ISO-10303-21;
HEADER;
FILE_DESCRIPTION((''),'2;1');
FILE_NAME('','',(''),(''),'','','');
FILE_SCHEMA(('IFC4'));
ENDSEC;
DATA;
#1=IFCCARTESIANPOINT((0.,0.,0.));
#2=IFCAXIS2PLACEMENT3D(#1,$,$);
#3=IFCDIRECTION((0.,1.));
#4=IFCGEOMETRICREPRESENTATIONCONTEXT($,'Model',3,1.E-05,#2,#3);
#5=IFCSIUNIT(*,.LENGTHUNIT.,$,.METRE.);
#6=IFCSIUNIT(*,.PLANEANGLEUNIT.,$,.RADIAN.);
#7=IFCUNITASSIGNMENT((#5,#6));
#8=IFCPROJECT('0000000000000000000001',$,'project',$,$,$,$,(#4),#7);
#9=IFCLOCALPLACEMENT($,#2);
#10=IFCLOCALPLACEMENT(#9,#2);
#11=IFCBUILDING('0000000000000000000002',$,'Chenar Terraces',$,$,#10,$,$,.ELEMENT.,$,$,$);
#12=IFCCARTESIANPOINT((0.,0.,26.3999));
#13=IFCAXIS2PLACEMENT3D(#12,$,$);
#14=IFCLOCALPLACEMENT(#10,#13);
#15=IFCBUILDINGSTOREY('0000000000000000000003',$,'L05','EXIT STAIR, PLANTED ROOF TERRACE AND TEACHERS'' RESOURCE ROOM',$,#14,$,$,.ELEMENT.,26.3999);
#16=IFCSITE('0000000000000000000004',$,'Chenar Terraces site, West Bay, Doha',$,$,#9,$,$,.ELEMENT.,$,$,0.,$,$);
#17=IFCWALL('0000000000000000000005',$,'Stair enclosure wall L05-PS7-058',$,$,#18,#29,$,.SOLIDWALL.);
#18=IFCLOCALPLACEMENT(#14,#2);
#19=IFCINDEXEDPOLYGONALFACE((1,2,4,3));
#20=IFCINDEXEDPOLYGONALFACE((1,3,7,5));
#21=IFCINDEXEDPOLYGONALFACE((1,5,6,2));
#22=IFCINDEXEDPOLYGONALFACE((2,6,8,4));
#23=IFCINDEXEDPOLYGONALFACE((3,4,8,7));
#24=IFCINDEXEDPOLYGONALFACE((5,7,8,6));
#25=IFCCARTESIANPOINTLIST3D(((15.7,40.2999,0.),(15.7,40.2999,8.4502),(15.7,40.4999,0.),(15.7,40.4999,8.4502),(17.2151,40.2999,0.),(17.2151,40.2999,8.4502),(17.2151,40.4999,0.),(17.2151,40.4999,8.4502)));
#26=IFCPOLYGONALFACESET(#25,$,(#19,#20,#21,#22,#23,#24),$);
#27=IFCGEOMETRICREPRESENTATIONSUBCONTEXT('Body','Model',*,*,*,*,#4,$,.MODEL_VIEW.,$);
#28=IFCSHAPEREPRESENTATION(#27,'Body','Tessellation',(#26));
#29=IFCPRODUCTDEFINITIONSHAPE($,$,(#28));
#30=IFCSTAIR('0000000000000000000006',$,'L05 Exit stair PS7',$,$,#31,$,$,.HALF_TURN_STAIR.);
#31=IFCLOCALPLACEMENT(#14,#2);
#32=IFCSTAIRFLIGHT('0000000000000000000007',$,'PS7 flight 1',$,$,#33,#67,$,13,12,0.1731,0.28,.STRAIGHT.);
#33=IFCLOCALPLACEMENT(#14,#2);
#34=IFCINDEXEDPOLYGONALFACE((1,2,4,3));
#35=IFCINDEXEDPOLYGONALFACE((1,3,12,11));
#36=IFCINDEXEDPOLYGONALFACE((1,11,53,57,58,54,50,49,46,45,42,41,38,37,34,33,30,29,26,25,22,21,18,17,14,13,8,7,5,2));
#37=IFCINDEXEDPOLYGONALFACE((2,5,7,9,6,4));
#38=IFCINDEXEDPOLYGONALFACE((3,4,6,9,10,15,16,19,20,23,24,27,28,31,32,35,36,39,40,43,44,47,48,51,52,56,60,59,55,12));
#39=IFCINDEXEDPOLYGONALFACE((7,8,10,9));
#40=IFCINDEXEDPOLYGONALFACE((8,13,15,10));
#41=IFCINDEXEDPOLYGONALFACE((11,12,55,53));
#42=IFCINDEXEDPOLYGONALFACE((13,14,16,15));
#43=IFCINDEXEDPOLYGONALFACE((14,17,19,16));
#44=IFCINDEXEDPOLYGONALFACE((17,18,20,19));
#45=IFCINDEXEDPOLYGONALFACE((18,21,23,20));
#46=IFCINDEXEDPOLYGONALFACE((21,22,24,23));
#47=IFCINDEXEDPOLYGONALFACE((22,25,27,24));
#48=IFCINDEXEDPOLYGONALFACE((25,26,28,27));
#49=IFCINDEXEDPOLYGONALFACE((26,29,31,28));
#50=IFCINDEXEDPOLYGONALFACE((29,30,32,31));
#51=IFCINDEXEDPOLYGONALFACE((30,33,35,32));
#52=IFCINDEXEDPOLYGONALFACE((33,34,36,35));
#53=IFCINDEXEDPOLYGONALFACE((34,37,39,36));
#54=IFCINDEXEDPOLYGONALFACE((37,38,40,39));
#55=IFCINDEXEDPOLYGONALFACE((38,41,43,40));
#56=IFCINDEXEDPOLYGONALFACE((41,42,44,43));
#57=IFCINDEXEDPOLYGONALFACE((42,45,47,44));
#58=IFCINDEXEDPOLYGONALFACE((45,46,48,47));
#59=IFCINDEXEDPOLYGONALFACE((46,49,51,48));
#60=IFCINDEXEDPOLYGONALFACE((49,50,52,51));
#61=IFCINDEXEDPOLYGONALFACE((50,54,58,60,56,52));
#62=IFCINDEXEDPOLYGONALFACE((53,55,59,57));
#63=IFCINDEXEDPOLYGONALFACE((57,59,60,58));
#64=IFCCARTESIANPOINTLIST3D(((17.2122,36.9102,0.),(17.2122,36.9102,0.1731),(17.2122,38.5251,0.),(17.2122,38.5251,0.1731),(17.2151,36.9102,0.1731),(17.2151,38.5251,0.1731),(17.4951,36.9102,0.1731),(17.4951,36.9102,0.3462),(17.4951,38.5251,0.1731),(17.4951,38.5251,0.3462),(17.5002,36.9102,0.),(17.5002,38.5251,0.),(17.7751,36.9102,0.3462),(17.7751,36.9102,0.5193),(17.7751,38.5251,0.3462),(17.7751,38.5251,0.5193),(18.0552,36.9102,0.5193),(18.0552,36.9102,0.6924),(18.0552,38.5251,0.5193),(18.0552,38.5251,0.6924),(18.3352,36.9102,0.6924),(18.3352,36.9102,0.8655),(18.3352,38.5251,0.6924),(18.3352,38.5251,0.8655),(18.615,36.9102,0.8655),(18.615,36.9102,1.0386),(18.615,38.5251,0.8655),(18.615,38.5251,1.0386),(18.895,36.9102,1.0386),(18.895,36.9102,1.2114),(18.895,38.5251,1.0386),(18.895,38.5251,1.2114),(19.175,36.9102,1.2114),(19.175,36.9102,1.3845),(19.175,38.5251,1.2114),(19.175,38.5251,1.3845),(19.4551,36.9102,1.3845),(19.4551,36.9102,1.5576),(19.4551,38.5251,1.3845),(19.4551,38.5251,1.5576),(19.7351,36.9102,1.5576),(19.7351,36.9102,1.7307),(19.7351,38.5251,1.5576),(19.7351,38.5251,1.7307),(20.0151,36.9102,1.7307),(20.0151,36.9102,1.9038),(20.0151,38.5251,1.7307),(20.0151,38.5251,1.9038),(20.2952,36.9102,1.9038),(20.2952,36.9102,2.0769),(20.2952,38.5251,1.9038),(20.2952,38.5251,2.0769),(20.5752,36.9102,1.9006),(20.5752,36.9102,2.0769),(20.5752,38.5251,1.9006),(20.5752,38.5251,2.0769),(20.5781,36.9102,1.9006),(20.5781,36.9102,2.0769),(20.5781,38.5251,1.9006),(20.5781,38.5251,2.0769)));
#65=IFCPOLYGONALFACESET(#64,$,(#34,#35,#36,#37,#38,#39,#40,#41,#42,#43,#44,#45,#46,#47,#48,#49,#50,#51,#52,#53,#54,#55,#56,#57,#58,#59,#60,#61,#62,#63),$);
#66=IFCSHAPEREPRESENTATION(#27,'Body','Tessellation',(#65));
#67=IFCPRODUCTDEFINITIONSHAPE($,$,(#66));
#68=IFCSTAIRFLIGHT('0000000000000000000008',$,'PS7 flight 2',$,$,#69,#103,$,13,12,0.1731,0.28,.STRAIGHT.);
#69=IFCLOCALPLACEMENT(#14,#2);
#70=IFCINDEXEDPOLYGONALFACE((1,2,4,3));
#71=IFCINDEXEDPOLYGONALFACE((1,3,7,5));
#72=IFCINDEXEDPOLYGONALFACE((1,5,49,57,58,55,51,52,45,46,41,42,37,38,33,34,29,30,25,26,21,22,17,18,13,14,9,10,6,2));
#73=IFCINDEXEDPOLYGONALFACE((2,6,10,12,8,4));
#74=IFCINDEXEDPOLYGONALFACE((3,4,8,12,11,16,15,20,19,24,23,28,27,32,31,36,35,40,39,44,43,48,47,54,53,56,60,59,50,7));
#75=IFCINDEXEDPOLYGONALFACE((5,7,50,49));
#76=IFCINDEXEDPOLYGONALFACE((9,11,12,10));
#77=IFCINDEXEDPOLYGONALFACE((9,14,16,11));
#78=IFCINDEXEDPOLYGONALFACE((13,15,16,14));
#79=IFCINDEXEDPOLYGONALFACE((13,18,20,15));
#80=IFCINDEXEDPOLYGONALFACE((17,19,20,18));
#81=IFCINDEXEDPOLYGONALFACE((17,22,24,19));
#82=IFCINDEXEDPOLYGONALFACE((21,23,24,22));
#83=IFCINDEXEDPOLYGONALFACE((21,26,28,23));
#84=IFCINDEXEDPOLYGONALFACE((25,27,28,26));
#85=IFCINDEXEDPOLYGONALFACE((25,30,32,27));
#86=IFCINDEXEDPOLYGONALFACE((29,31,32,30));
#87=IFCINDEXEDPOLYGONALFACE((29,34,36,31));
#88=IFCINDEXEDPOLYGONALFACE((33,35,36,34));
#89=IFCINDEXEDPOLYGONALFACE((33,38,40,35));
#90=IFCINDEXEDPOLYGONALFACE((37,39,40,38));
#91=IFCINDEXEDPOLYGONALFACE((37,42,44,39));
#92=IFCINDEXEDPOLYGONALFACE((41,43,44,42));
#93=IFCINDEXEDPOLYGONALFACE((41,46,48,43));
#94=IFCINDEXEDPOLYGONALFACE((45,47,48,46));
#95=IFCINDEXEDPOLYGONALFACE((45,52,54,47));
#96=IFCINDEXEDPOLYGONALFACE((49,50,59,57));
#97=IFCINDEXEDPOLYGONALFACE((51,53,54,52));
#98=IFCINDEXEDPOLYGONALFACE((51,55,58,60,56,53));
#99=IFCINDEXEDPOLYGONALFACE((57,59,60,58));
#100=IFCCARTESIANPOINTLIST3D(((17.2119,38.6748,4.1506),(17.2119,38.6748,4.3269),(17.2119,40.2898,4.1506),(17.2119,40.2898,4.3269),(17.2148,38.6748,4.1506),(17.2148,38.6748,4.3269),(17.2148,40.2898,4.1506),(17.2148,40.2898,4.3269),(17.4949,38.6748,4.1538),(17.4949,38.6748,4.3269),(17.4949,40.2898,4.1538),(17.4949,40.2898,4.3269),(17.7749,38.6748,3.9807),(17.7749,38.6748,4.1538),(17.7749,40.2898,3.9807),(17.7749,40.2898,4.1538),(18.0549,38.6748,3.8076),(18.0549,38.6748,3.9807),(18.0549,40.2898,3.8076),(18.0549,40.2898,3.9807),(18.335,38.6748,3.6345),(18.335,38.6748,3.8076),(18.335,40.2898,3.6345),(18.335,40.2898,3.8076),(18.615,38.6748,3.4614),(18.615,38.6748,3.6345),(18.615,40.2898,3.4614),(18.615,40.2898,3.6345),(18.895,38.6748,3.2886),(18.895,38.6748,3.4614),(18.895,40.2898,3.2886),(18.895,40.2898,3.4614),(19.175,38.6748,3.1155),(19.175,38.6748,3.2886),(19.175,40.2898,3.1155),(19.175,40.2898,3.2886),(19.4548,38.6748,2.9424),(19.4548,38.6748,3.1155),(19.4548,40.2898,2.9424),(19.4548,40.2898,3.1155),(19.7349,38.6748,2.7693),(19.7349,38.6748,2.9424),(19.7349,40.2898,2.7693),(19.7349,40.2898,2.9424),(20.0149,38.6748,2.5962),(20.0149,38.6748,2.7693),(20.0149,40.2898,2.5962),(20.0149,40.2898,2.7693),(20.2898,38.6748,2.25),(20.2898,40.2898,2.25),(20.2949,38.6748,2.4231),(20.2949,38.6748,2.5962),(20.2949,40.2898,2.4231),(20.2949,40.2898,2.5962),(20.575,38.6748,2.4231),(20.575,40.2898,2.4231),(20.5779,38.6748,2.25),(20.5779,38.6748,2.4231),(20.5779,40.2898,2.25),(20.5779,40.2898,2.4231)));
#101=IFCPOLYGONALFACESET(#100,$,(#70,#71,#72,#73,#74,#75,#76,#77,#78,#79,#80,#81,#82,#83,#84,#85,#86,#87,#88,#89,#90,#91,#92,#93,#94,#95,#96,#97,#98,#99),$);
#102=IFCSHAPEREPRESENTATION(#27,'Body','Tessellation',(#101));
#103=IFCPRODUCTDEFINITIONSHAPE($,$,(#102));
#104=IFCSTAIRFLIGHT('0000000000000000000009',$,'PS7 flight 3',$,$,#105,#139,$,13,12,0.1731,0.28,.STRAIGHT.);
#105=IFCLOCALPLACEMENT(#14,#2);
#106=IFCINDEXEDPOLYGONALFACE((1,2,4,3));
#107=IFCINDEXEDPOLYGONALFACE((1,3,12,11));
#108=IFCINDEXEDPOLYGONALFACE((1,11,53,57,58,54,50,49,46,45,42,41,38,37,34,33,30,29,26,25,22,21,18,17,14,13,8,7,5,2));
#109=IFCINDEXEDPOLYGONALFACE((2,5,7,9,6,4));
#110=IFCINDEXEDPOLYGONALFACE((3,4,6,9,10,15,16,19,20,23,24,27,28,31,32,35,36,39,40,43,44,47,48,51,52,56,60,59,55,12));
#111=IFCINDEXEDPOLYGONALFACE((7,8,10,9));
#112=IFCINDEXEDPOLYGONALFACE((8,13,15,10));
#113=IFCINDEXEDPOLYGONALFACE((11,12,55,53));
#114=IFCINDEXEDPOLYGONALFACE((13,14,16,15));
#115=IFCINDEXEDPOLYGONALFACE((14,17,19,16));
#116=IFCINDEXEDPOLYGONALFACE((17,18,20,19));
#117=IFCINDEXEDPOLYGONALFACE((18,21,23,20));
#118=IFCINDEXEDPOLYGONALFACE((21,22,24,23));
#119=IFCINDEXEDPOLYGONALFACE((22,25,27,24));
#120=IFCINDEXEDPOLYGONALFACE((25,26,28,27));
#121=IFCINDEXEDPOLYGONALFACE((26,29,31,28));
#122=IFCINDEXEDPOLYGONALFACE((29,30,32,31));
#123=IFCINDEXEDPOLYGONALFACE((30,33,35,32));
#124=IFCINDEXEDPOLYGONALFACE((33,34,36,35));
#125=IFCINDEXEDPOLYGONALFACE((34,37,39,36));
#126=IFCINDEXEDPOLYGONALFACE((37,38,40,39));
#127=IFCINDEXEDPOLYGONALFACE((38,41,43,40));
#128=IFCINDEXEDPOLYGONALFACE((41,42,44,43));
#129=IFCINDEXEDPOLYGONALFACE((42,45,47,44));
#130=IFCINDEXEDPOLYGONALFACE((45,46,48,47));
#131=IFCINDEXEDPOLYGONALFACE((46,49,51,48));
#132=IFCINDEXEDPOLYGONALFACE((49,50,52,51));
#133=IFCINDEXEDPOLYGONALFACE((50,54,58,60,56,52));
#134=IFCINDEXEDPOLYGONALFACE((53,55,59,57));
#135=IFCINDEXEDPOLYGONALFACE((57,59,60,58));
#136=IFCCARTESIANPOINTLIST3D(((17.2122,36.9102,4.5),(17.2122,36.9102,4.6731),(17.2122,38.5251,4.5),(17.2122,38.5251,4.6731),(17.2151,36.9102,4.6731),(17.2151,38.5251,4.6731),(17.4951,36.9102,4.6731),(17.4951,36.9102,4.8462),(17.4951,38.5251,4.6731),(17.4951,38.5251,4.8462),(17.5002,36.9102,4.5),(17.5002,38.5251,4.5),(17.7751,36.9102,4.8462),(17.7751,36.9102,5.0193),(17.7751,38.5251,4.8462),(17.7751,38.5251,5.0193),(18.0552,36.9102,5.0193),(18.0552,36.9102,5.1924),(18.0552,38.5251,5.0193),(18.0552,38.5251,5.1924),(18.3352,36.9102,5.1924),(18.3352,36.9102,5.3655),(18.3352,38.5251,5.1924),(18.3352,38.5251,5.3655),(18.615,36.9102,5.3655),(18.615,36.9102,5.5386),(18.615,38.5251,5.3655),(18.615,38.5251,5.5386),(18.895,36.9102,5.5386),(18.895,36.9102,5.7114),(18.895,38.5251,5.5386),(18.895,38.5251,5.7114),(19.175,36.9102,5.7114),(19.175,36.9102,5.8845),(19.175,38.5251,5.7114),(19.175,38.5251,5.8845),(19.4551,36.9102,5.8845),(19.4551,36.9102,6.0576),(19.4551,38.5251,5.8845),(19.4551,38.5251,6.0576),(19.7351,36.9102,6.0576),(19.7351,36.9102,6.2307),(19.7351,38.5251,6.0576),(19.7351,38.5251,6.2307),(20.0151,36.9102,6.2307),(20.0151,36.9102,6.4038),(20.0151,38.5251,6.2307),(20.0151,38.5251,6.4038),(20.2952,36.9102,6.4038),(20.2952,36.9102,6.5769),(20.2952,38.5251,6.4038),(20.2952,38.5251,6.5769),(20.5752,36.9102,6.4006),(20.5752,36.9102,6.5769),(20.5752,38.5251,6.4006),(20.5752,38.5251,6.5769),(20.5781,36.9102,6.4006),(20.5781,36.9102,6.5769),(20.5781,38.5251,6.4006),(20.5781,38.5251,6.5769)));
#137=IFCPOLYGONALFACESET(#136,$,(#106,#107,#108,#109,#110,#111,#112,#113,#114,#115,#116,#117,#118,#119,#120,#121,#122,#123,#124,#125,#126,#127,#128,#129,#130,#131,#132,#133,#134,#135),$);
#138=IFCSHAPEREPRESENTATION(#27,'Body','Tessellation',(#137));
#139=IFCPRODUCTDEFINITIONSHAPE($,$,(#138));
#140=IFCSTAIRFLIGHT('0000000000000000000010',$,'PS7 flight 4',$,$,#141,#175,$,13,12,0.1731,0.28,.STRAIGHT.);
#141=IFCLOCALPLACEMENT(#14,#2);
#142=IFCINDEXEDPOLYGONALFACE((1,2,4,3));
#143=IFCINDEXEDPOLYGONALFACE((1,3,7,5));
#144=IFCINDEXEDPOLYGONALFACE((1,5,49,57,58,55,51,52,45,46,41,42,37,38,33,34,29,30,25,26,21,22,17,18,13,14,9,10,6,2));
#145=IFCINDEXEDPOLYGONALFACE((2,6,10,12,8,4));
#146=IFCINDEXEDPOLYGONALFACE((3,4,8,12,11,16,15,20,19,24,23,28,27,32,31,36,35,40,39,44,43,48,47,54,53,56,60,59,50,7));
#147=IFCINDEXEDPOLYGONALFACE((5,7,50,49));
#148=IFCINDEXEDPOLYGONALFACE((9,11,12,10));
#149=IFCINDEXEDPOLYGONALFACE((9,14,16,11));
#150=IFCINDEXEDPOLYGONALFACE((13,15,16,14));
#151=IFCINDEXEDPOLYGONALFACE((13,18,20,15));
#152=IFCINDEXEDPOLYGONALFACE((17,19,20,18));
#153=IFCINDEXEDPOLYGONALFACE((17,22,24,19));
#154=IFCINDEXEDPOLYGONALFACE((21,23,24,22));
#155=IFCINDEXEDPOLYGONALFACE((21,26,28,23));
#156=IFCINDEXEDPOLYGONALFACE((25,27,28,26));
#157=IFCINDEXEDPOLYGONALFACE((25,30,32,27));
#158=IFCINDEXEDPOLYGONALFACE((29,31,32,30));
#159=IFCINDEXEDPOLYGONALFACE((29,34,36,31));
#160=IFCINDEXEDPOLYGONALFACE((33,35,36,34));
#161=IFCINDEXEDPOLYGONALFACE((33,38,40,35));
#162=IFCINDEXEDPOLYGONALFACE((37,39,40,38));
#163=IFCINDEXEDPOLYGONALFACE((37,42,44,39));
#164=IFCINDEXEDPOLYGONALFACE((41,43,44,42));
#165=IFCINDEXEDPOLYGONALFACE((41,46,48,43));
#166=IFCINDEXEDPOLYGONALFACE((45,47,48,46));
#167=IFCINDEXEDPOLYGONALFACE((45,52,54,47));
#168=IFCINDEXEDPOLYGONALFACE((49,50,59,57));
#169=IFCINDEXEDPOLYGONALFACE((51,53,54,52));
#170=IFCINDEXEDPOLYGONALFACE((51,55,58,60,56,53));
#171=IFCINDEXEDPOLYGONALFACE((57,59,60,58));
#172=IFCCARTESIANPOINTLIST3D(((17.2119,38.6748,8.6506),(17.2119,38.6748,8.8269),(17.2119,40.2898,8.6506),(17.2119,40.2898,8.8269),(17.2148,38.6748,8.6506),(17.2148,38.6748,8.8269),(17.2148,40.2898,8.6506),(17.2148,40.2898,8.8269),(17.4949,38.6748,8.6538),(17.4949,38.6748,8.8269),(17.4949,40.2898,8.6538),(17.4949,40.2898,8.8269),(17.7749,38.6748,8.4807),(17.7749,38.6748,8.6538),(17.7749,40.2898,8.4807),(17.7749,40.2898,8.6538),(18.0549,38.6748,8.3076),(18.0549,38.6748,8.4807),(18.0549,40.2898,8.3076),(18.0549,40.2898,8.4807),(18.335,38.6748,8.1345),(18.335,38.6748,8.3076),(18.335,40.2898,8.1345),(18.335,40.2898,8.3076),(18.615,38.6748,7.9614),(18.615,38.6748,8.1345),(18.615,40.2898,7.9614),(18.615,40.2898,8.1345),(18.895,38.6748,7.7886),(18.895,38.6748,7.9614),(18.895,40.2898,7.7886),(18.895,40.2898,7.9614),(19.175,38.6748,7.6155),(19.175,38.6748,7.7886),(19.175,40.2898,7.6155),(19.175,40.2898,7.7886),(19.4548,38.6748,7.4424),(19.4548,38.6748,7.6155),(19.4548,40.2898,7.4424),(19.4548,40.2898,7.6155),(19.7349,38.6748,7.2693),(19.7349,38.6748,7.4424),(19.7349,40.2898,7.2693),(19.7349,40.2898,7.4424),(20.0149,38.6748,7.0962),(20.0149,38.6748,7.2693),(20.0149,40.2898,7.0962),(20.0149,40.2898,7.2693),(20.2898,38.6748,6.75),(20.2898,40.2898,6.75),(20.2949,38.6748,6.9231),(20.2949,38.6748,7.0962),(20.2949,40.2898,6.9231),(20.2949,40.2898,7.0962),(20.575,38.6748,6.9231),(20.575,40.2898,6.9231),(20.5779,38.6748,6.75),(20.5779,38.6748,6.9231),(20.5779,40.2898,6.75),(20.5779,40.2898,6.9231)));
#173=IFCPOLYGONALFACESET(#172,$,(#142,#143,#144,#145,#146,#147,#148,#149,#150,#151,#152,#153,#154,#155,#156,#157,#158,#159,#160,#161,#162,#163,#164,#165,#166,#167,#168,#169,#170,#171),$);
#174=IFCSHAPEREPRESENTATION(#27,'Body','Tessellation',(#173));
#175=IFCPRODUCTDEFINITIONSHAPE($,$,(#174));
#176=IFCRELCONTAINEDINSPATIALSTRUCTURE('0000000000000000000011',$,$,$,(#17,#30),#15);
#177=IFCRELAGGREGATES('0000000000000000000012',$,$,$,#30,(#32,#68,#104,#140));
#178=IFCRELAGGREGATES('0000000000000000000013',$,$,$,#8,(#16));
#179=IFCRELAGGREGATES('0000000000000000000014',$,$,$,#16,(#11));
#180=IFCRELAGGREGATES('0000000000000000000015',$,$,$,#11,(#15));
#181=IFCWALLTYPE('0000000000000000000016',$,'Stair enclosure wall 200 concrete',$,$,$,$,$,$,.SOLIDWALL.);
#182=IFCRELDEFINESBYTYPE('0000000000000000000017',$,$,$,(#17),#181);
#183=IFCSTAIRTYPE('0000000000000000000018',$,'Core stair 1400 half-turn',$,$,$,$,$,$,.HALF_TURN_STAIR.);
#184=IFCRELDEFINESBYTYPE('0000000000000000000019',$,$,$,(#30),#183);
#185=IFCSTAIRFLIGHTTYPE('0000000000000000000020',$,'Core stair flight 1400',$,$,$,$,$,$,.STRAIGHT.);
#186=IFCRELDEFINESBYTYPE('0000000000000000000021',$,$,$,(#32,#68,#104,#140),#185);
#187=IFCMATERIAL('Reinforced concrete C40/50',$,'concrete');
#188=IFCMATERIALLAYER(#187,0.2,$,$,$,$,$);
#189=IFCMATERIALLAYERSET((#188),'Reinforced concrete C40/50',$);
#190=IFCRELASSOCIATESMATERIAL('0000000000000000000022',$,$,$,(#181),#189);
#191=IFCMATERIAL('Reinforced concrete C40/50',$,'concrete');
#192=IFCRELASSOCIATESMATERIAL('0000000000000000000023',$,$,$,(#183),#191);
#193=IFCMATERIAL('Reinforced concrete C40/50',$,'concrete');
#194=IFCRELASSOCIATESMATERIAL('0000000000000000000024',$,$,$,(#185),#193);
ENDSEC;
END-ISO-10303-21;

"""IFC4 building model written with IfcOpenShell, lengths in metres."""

from ifc_helpers import new_model, si_unit, direction, frame, frame_2d, origin, place, context, subcontext, project, spatial, polyline, rectangle, outline, extrude, material, layer, layer_set, type_object, element, aggregate, save


model = new_model("IFC4")

# Units and contexts
model_context = context("Model", 3, precision=1e-05, world=origin(), true_north=direction((0.0, 1.0)))
body_context = subcontext(model_context, "Body", "Model", "MODEL_VIEW")
ifc_project = project(units=[si_unit("LENGTHUNIT", "METRE"), si_unit("PLANEANGLEUNIT", "RADIAN")], contexts=[model_context])

# Site, building, storey
site_placement = place(None, origin())
site = spatial("IfcSite", under=ifc_project, at=site_placement, Name="Chenar Terraces site, West Bay, Doha", CompositionType="ELEMENT", RefElevation=0.0)
building_placement = place(site_placement, origin())
building = spatial("IfcBuilding", under=site, at=building_placement, Name="Chenar Terraces", CompositionType="ELEMENT")
storey_placement = place(building_placement, frame((0.0, 0.0, 26.3999)))
storey = spatial("IfcBuildingStorey", under=building, at=storey_placement, Name="L05", Description="EXIT STAIR, PLANTED ROOF TERRACE AND TEACHERS' RESOURCE ROOM", CompositionType="ELEMENT", Elevation=26.3999)

# Shared definitions
ifc_material_1 = material(Name="Reinforced concrete C40/50", Category="concrete")
ifc_layer_1 = layer(ifc_material_1, 0.2)
ifc_layer_set_1 = layer_set([ifc_layer_1], Name="Reinforced concrete C40/50")
wall_type_1 = type_object("IfcWallType", Name="Stair enclosure wall 200 concrete", PredefinedType="SOLIDWALL", material=ifc_layer_set_1)

# Wall
for number, where, z_axis, x_axis, name in (
    (1, (15.7, 40.3999, 0.0), (0.0, 0.0, 1.0), (1.0, 0.0, 0.0), "Stair enclosure wall L05-PS7-058"),
):
    element("IfcWall", number, at=place(storey_placement, frame(where, z_axis=z_axis, x_axis=x_axis)), inside=storey, type_object=wall_type_1, Name=name, PredefinedType="SOLIDWALL", context=body_context, shape_type="SweptSolid", body=[
        extrude(rectangle(XDim=1.5151, YDim=0.2, at=frame_2d((0.7576, 0.0))), origin(), (0.0, 0.0, 1.0), 8.4502),
    ])

# Stair, stair flights
ifc_material_2 = material(Name="Reinforced concrete C40/50", Category="concrete")
stair_type = type_object("IfcStairType", Name="Core stair 1400 half-turn", PredefinedType="HALF_TURN_STAIR", material=ifc_material_2)
placement = place(storey_placement, origin())
stair_1 = element("IfcStair", 2, at=placement, inside=storey, type_object=stair_type, Name="L05 Exit stair PS7", PredefinedType="HALF_TURN_STAIR")
ifc_material_3 = material(Name="Reinforced concrete C40/50", Category="concrete")
stair_flight_type = type_object("IfcStairFlightType", Name="Core stair flight 1400", PredefinedType="STRAIGHT", material=ifc_material_3)
stair_flight_1_placement = place(storey_placement, frame((17.2151, 37.7175, 0.0), z_axis=(0.0, 0.0, 1.0), x_axis=(1.0, 0.0, 0.0)))
stair_flight_1 = element("IfcStairFlight", 3, at=stair_flight_1_placement, type_object=stair_flight_type, Name="PS7 flight 1", NumberOfRisers=13, NumberOfTreads=12, PredefinedType="STRAIGHT", RiserHeight=0.1731, TreadLength=0.28, context=body_context, shape_type="SweptSolid", body=[
    extrude(outline(polyline([(-0.0029, 0.0), (-0.0029, 0.1731), (0.0, 0.1731), (0.28, 0.1731), (0.28, 0.3462), (0.5601, 0.3462), (0.5601, 0.5193), (0.8401, 0.5193), (0.8401, 0.6924), (1.1201, 0.6924), (1.1201, 0.8655), (1.3999, 0.8655), (1.3999, 1.0386), (1.6799, 1.0386), (1.6799, 1.2114), (1.96, 1.2114), (1.96, 1.3845), (2.24, 1.3845), (2.24, 1.5576), (2.52, 1.5576), (2.52, 1.7307), (2.8, 1.7307), (2.8, 1.9038), (3.0801, 1.9038), (3.0801, 2.0769), (3.3601, 2.0769), (3.363, 2.0769), (3.363, 1.9006), (3.3601, 1.9006), (0.2852, 0.0), (-0.0029, 0.0)])), frame((0.0, 0.8076, 0.0), z_axis=(0.0, -1.0, 0.0), x_axis=(1.0, 0.0, 0.0)), (0.0, 0.0, 1.0), 1.615),
])
stair_flight_2_placement = place(storey_placement, frame((20.575, 39.4824, 2.25), z_axis=(0.0, 0.0, 1.0), x_axis=(-1.0, 0.0, 0.0)))
stair_flight_2 = element("IfcStairFlight", 4, at=stair_flight_2_placement, type_object=stair_flight_type, Name="PS7 flight 2", NumberOfRisers=13, NumberOfTreads=12, PredefinedType="STRAIGHT", RiserHeight=0.1731, TreadLength=0.28, context=body_context, shape_type="SweptSolid", body=[
    extrude(outline(polyline([(-0.0029, 0.0), (-0.0029, 0.1731), (0.0, 0.1731), (0.28, 0.1731), (0.28, 0.3462), (0.5601, 0.3462), (0.5601, 0.5193), (0.8401, 0.5193), (0.8401, 0.6924), (1.1201, 0.6924), (1.1201, 0.8655), (1.3999, 0.8655), (1.3999, 1.0386), (1.6799, 1.0386), (1.6799, 1.2114), (1.96, 1.2114), (1.96, 1.3845), (2.24, 1.3845), (2.24, 1.5576), (2.52, 1.5576), (2.52, 1.7307), (2.8, 1.7307), (2.8, 1.9038), (3.0801, 1.9038), (3.0801, 2.0769), (3.3601, 2.0769), (3.363, 2.0769), (3.363, 1.9006), (3.3601, 1.9006), (0.2852, 0.0), (-0.0029, 0.0)])), frame((0.0, 0.8076, 0.0), z_axis=(0.0, -1.0, 0.0), x_axis=(1.0, 0.0, 0.0)), (0.0, 0.0, 1.0), 1.615),
])
stair_flight_3_placement = place(storey_placement, frame((17.2151, 37.7175, 4.5), z_axis=(0.0, 0.0, 1.0), x_axis=(1.0, 0.0, 0.0)))
stair_flight_3 = element("IfcStairFlight", 5, at=stair_flight_3_placement, type_object=stair_flight_type, Name="PS7 flight 3", NumberOfRisers=13, NumberOfTreads=12, PredefinedType="STRAIGHT", RiserHeight=0.1731, TreadLength=0.28, context=body_context, shape_type="SweptSolid", body=[
    extrude(outline(polyline([(-0.0029, 0.0), (-0.0029, 0.1731), (0.0, 0.1731), (0.28, 0.1731), (0.28, 0.3462), (0.5601, 0.3462), (0.5601, 0.5193), (0.8401, 0.5193), (0.8401, 0.6924), (1.1201, 0.6924), (1.1201, 0.8655), (1.3999, 0.8655), (1.3999, 1.0386), (1.6799, 1.0386), (1.6799, 1.2114), (1.96, 1.2114), (1.96, 1.3845), (2.24, 1.3845), (2.24, 1.5576), (2.52, 1.5576), (2.52, 1.7307), (2.8, 1.7307), (2.8, 1.9038), (3.0801, 1.9038), (3.0801, 2.0769), (3.3601, 2.0769), (3.363, 2.0769), (3.363, 1.9006), (3.3601, 1.9006), (0.2852, 0.0), (-0.0029, 0.0)])), frame((0.0, 0.8076, 0.0), z_axis=(0.0, -1.0, 0.0), x_axis=(1.0, 0.0, 0.0)), (0.0, 0.0, 1.0), 1.615),
])
stair_flight_4_placement = place(storey_placement, frame((20.575, 39.4824, 6.75), z_axis=(0.0, 0.0, 1.0), x_axis=(-1.0, 0.0, 0.0)))
stair_flight_4 = element("IfcStairFlight", 6, at=stair_flight_4_placement, type_object=stair_flight_type, Name="PS7 flight 4", NumberOfRisers=13, NumberOfTreads=12, PredefinedType="STRAIGHT", RiserHeight=0.1731, TreadLength=0.28, context=body_context, shape_type="SweptSolid", body=[
    extrude(outline(polyline([(-0.0029, 0.0), (-0.0029, 0.1731), (0.0, 0.1731), (0.28, 0.1731), (0.28, 0.3462), (0.5601, 0.3462), (0.5601, 0.5193), (0.8401, 0.5193), (0.8401, 0.6924), (1.1201, 0.6924), (1.1201, 0.8655), (1.3999, 0.8655), (1.3999, 1.0386), (1.6799, 1.0386), (1.6799, 1.2114), (1.96, 1.2114), (1.96, 1.3845), (2.24, 1.3845), (2.24, 1.5576), (2.52, 1.5576), (2.52, 1.7307), (2.8, 1.7307), (2.8, 1.9038), (3.0801, 1.9038), (3.0801, 2.0769), (3.3601, 2.0769), (3.363, 2.0769), (3.363, 1.9006), (3.3601, 1.9006), (0.2852, 0.0), (-0.0029, 0.0)])), frame((0.0, 0.8076, 0.0), z_axis=(0.0, -1.0, 0.0), x_axis=(1.0, 0.0, 0.0)), (0.0, 0.0, 1.0), 1.615),
])
aggregate(stair_1, [stair_flight_1, stair_flight_2, stair_flight_3, stair_flight_4])

save(model, "model.ifc")
